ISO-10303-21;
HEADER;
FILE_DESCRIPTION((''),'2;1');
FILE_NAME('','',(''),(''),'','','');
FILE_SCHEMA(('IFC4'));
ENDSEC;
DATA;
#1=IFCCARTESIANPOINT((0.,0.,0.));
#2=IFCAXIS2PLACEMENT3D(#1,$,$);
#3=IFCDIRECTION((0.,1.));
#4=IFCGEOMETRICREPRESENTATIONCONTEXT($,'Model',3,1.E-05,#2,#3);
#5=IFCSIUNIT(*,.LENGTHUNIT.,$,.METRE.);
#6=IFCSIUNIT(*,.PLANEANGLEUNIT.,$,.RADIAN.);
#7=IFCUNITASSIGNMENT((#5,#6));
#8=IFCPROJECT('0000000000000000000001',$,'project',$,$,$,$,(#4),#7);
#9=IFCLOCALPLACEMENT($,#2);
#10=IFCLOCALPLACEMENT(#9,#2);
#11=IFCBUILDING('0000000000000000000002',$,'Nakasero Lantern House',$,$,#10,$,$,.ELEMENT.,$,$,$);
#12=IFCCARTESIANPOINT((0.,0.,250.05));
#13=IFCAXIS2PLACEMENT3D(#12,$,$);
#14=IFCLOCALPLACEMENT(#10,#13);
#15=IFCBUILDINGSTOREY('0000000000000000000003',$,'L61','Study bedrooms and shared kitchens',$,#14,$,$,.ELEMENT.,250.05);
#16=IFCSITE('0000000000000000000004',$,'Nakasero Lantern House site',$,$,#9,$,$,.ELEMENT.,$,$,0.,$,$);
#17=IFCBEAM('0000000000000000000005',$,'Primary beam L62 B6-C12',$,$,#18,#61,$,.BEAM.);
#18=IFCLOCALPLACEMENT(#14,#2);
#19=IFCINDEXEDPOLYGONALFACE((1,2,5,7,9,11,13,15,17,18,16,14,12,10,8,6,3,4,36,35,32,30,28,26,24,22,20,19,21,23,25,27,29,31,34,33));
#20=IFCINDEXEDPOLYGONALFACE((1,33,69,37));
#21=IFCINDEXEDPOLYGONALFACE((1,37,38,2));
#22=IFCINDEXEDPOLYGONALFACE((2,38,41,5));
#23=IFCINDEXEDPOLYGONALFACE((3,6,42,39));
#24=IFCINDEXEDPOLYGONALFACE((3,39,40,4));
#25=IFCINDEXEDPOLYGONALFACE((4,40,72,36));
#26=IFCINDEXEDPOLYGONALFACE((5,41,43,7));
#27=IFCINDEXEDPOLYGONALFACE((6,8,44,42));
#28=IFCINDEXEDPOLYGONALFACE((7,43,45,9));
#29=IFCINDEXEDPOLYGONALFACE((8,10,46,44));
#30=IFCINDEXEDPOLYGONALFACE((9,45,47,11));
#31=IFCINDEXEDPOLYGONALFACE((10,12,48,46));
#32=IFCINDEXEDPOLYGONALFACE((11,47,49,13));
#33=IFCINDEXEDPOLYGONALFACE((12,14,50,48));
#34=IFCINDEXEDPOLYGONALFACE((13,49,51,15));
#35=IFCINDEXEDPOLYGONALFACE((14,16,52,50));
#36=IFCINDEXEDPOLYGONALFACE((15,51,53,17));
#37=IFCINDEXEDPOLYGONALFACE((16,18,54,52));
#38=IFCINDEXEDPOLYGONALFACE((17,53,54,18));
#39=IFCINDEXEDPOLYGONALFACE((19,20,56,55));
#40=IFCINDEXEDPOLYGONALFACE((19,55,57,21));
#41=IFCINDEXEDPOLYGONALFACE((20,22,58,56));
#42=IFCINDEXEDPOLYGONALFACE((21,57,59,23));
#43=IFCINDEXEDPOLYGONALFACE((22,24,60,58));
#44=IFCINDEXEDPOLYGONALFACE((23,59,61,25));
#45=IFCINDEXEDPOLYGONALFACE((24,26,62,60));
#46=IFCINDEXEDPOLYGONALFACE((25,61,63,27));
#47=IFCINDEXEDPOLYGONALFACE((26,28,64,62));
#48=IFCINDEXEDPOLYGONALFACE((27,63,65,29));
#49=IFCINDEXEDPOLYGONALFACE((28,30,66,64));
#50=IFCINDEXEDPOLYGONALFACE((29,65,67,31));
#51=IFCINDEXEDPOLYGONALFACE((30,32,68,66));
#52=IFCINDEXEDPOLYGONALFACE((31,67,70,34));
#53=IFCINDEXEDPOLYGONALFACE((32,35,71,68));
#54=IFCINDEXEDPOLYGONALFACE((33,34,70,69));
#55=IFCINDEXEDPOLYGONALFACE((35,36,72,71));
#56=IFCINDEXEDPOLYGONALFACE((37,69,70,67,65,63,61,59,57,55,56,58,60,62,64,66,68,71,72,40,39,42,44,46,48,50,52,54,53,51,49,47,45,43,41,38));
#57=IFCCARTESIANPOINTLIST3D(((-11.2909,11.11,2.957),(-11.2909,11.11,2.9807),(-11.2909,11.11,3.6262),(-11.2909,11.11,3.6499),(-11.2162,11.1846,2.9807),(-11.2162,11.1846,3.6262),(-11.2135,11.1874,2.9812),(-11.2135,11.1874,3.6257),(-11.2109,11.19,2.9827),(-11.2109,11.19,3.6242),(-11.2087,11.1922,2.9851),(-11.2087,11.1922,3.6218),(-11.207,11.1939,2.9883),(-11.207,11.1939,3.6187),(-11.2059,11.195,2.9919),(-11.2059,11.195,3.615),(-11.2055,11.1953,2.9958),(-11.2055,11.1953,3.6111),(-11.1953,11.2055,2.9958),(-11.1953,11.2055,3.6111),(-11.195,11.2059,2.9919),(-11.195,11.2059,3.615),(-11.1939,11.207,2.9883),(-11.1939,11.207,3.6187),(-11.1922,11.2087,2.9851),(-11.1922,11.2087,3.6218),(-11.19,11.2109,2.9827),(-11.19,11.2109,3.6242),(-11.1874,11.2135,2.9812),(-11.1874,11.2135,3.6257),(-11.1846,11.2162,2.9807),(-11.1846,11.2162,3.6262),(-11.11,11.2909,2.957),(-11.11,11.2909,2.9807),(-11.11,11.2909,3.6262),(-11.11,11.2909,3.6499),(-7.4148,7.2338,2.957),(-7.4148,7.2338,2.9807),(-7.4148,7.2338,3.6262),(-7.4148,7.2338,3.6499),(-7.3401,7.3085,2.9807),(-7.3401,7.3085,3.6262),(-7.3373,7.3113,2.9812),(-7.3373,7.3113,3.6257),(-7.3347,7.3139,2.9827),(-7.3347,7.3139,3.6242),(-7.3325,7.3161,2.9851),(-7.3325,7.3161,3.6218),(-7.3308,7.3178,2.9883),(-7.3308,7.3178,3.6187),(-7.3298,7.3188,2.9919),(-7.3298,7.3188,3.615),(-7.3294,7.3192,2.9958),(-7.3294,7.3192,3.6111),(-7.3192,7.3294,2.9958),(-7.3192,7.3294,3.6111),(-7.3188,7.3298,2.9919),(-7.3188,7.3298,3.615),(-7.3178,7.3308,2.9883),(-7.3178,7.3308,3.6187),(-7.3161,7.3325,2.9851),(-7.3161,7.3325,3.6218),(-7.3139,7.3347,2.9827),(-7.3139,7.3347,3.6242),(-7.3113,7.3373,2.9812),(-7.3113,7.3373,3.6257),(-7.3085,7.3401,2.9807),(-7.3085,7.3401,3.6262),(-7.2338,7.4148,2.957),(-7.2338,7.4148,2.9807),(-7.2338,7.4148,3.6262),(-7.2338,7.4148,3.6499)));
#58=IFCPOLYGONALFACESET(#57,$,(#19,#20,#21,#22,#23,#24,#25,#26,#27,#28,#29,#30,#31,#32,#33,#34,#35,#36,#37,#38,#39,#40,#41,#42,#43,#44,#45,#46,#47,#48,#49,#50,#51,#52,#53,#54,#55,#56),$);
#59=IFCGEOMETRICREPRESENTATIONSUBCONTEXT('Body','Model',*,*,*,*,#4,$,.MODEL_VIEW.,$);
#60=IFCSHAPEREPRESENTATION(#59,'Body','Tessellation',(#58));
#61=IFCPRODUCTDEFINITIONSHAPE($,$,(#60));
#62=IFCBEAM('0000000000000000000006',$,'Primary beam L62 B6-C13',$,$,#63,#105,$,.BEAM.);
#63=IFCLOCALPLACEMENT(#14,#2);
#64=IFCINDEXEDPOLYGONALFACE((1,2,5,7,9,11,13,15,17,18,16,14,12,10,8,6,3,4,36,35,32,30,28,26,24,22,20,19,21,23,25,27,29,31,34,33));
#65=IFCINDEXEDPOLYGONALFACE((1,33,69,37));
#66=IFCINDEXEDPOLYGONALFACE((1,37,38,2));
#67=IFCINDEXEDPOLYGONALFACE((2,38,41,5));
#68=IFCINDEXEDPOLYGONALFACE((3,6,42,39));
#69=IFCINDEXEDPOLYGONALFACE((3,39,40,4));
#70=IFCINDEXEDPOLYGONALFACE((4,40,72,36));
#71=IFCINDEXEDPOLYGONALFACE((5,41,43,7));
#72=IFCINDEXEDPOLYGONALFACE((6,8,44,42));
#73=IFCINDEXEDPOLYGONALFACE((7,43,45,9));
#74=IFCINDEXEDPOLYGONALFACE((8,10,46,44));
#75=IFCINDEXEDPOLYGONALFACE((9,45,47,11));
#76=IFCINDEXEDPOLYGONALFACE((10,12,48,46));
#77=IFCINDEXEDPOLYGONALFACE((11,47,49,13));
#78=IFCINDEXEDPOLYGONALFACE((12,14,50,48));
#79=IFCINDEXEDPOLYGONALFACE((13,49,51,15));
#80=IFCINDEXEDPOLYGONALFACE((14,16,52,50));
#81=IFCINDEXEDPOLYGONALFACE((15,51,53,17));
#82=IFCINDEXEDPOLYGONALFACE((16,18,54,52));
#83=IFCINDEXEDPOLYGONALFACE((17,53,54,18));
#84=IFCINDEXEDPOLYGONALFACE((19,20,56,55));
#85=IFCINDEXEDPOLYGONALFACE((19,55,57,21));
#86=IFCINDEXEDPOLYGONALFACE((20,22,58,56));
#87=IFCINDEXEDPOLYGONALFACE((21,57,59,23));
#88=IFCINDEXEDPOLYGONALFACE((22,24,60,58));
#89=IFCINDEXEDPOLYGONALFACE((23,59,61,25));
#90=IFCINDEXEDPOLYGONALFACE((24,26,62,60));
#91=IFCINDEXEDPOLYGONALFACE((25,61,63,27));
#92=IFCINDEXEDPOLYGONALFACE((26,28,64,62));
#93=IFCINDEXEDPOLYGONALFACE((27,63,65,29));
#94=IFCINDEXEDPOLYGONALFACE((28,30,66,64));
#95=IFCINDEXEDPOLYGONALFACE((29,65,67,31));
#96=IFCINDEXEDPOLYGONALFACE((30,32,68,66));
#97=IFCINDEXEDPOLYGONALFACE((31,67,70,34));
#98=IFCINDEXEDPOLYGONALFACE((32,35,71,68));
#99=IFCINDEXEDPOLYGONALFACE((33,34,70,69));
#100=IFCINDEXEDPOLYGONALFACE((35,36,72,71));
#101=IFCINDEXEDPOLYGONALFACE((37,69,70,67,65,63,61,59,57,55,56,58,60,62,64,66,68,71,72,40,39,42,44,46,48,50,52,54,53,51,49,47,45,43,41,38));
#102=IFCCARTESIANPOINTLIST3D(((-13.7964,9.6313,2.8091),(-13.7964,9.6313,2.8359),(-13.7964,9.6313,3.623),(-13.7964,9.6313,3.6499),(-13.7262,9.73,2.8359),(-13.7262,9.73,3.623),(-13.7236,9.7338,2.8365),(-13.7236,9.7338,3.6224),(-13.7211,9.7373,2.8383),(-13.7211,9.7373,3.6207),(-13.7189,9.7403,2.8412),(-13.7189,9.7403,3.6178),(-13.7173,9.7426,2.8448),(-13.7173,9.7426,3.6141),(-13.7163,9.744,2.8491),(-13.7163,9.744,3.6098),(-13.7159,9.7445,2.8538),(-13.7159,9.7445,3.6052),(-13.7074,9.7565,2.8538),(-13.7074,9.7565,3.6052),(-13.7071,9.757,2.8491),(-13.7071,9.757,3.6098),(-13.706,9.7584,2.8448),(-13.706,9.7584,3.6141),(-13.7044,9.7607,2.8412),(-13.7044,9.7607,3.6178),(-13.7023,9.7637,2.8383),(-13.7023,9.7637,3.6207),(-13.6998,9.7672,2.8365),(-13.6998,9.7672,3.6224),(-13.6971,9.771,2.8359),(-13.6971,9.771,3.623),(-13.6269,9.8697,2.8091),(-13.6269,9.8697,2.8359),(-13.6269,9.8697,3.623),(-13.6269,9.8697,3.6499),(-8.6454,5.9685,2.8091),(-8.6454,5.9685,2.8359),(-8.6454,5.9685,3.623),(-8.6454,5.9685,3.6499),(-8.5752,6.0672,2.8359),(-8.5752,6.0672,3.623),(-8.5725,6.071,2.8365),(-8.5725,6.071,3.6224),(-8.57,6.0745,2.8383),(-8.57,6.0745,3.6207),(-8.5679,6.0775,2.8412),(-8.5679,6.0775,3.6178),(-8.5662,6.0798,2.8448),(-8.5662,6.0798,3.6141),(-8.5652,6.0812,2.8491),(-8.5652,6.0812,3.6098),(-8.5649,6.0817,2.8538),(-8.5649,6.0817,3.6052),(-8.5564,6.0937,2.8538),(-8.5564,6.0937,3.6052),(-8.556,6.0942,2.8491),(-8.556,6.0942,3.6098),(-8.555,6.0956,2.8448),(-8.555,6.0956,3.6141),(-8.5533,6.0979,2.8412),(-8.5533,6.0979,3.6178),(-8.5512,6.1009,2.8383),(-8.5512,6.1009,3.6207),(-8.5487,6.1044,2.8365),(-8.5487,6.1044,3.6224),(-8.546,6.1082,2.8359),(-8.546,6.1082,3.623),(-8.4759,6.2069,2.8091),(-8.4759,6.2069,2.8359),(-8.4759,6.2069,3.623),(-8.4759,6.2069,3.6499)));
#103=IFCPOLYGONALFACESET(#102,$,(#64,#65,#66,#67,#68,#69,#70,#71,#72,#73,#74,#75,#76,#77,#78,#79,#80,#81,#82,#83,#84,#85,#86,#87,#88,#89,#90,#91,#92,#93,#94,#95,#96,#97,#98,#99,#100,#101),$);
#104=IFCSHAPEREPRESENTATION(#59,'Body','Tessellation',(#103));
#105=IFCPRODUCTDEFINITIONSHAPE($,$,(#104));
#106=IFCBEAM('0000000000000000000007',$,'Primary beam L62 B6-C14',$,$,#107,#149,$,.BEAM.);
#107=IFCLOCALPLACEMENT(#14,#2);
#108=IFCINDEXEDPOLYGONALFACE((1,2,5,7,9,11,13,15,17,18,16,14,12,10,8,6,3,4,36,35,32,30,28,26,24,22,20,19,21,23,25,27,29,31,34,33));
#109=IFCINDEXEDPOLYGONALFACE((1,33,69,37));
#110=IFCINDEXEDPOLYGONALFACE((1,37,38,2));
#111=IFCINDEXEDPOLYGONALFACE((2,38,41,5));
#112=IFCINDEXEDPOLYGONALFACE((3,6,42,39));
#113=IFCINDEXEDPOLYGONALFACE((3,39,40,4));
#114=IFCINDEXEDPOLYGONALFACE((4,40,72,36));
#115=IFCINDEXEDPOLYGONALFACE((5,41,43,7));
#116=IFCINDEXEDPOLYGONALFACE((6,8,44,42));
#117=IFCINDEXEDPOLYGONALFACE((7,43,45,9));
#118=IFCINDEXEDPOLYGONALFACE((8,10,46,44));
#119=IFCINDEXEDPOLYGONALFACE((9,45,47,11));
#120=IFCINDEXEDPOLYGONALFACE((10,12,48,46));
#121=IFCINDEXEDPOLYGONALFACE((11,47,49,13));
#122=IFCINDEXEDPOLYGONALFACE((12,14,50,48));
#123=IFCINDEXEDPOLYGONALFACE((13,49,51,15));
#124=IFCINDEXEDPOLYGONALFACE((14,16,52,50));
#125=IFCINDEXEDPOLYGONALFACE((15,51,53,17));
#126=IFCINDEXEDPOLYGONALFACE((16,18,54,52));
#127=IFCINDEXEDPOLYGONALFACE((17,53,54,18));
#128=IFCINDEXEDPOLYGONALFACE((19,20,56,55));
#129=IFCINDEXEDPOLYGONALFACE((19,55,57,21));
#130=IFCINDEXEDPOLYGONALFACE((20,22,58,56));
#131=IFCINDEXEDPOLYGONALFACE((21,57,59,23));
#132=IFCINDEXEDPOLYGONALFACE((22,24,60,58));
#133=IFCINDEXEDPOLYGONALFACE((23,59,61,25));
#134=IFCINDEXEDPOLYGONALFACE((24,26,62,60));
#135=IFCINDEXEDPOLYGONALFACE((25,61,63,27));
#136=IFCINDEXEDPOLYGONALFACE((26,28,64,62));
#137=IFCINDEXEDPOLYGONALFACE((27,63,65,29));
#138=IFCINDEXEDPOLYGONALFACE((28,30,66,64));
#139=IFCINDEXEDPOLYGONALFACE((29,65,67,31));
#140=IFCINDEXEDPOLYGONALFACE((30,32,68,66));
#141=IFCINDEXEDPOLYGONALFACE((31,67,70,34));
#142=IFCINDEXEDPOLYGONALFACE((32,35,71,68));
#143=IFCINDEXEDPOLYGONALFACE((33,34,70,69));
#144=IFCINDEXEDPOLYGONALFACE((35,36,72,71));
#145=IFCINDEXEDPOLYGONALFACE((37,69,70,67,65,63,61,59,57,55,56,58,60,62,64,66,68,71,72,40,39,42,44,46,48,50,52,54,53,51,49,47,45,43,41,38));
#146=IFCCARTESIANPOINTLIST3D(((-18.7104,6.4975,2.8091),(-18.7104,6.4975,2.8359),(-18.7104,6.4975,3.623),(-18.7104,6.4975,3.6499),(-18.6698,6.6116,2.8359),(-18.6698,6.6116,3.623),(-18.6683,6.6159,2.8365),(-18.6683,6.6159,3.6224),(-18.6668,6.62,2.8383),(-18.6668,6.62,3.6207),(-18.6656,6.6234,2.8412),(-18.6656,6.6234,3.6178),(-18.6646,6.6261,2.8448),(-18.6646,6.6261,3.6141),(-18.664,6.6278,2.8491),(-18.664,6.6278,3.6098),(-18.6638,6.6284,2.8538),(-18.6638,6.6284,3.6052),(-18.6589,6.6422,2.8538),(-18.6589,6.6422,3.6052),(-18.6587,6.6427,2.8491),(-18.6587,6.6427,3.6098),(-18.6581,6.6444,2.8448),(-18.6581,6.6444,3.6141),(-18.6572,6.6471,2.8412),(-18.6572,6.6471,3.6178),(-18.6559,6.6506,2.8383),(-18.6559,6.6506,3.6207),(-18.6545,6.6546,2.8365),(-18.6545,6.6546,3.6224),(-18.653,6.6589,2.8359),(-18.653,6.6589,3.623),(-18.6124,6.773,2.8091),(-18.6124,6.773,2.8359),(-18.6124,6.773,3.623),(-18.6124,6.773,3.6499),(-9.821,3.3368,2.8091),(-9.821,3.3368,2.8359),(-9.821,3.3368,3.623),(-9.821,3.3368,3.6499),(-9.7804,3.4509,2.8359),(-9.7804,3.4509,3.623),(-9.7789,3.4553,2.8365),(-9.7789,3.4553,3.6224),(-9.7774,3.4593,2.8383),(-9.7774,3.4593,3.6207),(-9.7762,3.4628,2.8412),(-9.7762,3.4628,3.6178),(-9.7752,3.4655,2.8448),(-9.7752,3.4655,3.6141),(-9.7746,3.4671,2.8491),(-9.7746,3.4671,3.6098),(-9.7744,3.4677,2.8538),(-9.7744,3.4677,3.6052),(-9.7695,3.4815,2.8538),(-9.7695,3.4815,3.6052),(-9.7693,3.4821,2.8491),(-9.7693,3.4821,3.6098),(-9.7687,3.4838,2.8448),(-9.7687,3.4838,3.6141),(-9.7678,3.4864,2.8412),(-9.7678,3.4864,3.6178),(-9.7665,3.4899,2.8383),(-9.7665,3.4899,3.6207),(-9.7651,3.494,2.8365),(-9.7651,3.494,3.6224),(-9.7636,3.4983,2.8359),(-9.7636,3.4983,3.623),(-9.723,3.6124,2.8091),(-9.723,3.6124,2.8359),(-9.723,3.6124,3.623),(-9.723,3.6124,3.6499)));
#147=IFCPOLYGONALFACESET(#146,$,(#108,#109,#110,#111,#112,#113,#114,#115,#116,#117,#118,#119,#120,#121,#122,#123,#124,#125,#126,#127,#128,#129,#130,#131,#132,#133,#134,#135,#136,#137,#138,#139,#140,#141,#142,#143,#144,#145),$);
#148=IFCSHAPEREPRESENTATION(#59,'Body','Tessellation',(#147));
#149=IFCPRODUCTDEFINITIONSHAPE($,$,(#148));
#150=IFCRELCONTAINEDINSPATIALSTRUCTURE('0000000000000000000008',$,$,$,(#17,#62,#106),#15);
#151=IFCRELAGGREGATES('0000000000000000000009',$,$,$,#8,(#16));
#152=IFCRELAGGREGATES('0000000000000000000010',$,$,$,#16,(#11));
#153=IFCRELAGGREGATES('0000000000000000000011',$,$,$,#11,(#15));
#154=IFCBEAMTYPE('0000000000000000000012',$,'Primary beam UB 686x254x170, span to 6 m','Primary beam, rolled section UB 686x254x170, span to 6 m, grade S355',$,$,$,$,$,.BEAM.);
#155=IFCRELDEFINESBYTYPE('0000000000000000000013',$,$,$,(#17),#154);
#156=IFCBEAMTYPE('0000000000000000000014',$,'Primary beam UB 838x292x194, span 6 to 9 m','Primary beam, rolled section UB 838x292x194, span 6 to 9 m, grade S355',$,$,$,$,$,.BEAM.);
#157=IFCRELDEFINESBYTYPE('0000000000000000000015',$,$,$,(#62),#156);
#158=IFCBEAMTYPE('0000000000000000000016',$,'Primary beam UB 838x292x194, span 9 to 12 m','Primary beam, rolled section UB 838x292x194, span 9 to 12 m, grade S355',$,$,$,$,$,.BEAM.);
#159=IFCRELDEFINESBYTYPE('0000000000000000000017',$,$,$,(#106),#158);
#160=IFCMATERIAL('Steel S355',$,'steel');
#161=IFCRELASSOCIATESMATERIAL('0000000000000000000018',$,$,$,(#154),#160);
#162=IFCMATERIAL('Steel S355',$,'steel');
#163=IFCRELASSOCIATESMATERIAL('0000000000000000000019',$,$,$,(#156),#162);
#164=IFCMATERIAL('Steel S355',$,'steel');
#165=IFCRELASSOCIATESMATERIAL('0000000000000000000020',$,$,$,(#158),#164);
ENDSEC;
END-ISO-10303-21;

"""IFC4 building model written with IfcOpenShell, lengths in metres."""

from ifc_helpers import new_model, si_unit, direction, frame, origin, origin_2d, place, context, subcontext, project, spatial, i_section, extrude, material, material_profile, profile_set, type_object, element, save


model = new_model("IFC4")

# Units and contexts
model_context = context("Model", 3, precision=1e-05, world=origin(), true_north=direction((0.0, 1.0)))
body_context = subcontext(model_context, "Body", "Model", "MODEL_VIEW")
ifc_project = project(units=[si_unit("LENGTHUNIT", "METRE"), si_unit("PLANEANGLEUNIT", "RADIAN")], contexts=[model_context])

# Site, building, storey
site_placement = place(None, origin())
site = spatial("IfcSite", under=ifc_project, at=site_placement, Name="Nakasero Lantern House site", CompositionType="ELEMENT", RefElevation=0.0)
building_placement = place(site_placement, origin())
building = spatial("IfcBuilding", under=site, at=building_placement, Name="Nakasero Lantern House", CompositionType="ELEMENT")
storey_placement = place(building_placement, frame((0.0, 0.0, 250.05)))
storey = spatial("IfcBuildingStorey", under=building, at=storey_placement, Name="L61", Description="Study bedrooms and shared kitchens", CompositionType="ELEMENT", Elevation=250.05)

# Beams
ifc_material_1 = material(Name="Steel S355", Category="steel")
ifc_material_profile_1 = material_profile(ifc_material_1, i_section(OverallWidth=0.2559, OverallDepth=0.6929, WebThickness=0.0144, FlangeThickness=0.0237, FilletRadius=0.0151, at=origin_2d()), Name="UB 686x254x170")
ifc_profile_set_1 = profile_set([ifc_material_profile_1], Name="Steel S355")
beam_type_1 = type_object("IfcBeamType", Name="Primary beam UB 686x254x170, span to 6 m", Description="Primary beam, rolled section UB 686x254x170, span to 6 m, grade S355", PredefinedType="BEAM", material=ifc_profile_set_1)
beam_1_placement = place(storey_placement, frame((-11.2004, 11.2004, 3.3035), z_axis=(0.707107, -0.707107, 0.0), x_axis=(0.707107, 0.707107, 0.0)))
element("IfcBeam", 1, at=beam_1_placement, inside=storey, type_object=beam_type_1, Name="Primary beam L62 B6-C12", PredefinedType="BEAM", context=body_context, shape_type="SweptSolid", body=[
    extrude(i_section(OverallWidth=0.2559, OverallDepth=0.6929, WebThickness=0.0144, FlangeThickness=0.0237, FilletRadius=0.0151, at=origin_2d()), origin(), (0.0, 0.0, 1.0), 5.4817),
])
ifc_material_2 = material(Name="Steel S355", Category="steel")
ifc_material_profile_2 = material_profile(ifc_material_2, i_section(OverallWidth=0.2925, OverallDepth=0.8408, WebThickness=0.0146, FlangeThickness=0.0269, FilletRadius=0.0178, at=origin_2d()), Name="UB 838x292x194")
ifc_profile_set_2 = profile_set([ifc_material_profile_2], Name="Steel S355")
beam_type_2 = type_object("IfcBeamType", Name="Primary beam UB 838x292x194, span 6 to 9 m", Description="Primary beam, rolled section UB 838x292x194, span 6 to 9 m, grade S355", PredefinedType="BEAM", material=ifc_profile_set_2)
beam_2_placement = place(storey_placement, frame((-13.7117, 9.7505, 3.2295), z_axis=(0.814969, -0.579505, 0.0), x_axis=(0.579505, 0.814969, 0.0)))
element("IfcBeam", 2, at=beam_2_placement, inside=storey, type_object=beam_type_2, Name="Primary beam L62 B6-C13", PredefinedType="BEAM", context=body_context, shape_type="SweptSolid", body=[
    extrude(i_section(OverallWidth=0.2925, OverallDepth=0.8408, WebThickness=0.0146, FlangeThickness=0.0269, FilletRadius=0.0178, at=origin_2d()), origin(), (0.0, 0.0, 1.0), 6.3206),
])
ifc_material_3 = material(Name="Steel S355", Category="steel")
ifc_material_profile_3 = material_profile(ifc_material_3, i_section(OverallWidth=0.2925, OverallDepth=0.8408, WebThickness=0.0146, FlangeThickness=0.0269, FilletRadius=0.0178, at=origin_2d()), Name="UB 838x292x194")
ifc_profile_set_3 = profile_set([ifc_material_profile_3], Name="Steel S355")
beam_type_3 = type_object("IfcBeamType", Name="Primary beam UB 838x292x194, span 9 to 12 m", Description="Primary beam, rolled section UB 838x292x194, span 9 to 12 m, grade S355", PredefinedType="BEAM", material=ifc_profile_set_3)
beam_3_placement = place(storey_placement, frame((-18.6614, 6.6353, 3.2295), z_axis=(0.942216, -0.335007, 0.0), x_axis=(0.335007, 0.942216, 0.0)))
element("IfcBeam", 3, at=beam_3_placement, inside=storey, type_object=beam_type_3, Name="Primary beam L62 B6-C14", PredefinedType="BEAM", context=body_context, shape_type="SweptSolid", body=[
    extrude(i_section(OverallWidth=0.2925, OverallDepth=0.8408, WebThickness=0.0146, FlangeThickness=0.0269, FilletRadius=0.0178, at=origin_2d()), origin(), (0.0, 0.0, 1.0), 9.4346),
])

save(model, "model.ifc")
